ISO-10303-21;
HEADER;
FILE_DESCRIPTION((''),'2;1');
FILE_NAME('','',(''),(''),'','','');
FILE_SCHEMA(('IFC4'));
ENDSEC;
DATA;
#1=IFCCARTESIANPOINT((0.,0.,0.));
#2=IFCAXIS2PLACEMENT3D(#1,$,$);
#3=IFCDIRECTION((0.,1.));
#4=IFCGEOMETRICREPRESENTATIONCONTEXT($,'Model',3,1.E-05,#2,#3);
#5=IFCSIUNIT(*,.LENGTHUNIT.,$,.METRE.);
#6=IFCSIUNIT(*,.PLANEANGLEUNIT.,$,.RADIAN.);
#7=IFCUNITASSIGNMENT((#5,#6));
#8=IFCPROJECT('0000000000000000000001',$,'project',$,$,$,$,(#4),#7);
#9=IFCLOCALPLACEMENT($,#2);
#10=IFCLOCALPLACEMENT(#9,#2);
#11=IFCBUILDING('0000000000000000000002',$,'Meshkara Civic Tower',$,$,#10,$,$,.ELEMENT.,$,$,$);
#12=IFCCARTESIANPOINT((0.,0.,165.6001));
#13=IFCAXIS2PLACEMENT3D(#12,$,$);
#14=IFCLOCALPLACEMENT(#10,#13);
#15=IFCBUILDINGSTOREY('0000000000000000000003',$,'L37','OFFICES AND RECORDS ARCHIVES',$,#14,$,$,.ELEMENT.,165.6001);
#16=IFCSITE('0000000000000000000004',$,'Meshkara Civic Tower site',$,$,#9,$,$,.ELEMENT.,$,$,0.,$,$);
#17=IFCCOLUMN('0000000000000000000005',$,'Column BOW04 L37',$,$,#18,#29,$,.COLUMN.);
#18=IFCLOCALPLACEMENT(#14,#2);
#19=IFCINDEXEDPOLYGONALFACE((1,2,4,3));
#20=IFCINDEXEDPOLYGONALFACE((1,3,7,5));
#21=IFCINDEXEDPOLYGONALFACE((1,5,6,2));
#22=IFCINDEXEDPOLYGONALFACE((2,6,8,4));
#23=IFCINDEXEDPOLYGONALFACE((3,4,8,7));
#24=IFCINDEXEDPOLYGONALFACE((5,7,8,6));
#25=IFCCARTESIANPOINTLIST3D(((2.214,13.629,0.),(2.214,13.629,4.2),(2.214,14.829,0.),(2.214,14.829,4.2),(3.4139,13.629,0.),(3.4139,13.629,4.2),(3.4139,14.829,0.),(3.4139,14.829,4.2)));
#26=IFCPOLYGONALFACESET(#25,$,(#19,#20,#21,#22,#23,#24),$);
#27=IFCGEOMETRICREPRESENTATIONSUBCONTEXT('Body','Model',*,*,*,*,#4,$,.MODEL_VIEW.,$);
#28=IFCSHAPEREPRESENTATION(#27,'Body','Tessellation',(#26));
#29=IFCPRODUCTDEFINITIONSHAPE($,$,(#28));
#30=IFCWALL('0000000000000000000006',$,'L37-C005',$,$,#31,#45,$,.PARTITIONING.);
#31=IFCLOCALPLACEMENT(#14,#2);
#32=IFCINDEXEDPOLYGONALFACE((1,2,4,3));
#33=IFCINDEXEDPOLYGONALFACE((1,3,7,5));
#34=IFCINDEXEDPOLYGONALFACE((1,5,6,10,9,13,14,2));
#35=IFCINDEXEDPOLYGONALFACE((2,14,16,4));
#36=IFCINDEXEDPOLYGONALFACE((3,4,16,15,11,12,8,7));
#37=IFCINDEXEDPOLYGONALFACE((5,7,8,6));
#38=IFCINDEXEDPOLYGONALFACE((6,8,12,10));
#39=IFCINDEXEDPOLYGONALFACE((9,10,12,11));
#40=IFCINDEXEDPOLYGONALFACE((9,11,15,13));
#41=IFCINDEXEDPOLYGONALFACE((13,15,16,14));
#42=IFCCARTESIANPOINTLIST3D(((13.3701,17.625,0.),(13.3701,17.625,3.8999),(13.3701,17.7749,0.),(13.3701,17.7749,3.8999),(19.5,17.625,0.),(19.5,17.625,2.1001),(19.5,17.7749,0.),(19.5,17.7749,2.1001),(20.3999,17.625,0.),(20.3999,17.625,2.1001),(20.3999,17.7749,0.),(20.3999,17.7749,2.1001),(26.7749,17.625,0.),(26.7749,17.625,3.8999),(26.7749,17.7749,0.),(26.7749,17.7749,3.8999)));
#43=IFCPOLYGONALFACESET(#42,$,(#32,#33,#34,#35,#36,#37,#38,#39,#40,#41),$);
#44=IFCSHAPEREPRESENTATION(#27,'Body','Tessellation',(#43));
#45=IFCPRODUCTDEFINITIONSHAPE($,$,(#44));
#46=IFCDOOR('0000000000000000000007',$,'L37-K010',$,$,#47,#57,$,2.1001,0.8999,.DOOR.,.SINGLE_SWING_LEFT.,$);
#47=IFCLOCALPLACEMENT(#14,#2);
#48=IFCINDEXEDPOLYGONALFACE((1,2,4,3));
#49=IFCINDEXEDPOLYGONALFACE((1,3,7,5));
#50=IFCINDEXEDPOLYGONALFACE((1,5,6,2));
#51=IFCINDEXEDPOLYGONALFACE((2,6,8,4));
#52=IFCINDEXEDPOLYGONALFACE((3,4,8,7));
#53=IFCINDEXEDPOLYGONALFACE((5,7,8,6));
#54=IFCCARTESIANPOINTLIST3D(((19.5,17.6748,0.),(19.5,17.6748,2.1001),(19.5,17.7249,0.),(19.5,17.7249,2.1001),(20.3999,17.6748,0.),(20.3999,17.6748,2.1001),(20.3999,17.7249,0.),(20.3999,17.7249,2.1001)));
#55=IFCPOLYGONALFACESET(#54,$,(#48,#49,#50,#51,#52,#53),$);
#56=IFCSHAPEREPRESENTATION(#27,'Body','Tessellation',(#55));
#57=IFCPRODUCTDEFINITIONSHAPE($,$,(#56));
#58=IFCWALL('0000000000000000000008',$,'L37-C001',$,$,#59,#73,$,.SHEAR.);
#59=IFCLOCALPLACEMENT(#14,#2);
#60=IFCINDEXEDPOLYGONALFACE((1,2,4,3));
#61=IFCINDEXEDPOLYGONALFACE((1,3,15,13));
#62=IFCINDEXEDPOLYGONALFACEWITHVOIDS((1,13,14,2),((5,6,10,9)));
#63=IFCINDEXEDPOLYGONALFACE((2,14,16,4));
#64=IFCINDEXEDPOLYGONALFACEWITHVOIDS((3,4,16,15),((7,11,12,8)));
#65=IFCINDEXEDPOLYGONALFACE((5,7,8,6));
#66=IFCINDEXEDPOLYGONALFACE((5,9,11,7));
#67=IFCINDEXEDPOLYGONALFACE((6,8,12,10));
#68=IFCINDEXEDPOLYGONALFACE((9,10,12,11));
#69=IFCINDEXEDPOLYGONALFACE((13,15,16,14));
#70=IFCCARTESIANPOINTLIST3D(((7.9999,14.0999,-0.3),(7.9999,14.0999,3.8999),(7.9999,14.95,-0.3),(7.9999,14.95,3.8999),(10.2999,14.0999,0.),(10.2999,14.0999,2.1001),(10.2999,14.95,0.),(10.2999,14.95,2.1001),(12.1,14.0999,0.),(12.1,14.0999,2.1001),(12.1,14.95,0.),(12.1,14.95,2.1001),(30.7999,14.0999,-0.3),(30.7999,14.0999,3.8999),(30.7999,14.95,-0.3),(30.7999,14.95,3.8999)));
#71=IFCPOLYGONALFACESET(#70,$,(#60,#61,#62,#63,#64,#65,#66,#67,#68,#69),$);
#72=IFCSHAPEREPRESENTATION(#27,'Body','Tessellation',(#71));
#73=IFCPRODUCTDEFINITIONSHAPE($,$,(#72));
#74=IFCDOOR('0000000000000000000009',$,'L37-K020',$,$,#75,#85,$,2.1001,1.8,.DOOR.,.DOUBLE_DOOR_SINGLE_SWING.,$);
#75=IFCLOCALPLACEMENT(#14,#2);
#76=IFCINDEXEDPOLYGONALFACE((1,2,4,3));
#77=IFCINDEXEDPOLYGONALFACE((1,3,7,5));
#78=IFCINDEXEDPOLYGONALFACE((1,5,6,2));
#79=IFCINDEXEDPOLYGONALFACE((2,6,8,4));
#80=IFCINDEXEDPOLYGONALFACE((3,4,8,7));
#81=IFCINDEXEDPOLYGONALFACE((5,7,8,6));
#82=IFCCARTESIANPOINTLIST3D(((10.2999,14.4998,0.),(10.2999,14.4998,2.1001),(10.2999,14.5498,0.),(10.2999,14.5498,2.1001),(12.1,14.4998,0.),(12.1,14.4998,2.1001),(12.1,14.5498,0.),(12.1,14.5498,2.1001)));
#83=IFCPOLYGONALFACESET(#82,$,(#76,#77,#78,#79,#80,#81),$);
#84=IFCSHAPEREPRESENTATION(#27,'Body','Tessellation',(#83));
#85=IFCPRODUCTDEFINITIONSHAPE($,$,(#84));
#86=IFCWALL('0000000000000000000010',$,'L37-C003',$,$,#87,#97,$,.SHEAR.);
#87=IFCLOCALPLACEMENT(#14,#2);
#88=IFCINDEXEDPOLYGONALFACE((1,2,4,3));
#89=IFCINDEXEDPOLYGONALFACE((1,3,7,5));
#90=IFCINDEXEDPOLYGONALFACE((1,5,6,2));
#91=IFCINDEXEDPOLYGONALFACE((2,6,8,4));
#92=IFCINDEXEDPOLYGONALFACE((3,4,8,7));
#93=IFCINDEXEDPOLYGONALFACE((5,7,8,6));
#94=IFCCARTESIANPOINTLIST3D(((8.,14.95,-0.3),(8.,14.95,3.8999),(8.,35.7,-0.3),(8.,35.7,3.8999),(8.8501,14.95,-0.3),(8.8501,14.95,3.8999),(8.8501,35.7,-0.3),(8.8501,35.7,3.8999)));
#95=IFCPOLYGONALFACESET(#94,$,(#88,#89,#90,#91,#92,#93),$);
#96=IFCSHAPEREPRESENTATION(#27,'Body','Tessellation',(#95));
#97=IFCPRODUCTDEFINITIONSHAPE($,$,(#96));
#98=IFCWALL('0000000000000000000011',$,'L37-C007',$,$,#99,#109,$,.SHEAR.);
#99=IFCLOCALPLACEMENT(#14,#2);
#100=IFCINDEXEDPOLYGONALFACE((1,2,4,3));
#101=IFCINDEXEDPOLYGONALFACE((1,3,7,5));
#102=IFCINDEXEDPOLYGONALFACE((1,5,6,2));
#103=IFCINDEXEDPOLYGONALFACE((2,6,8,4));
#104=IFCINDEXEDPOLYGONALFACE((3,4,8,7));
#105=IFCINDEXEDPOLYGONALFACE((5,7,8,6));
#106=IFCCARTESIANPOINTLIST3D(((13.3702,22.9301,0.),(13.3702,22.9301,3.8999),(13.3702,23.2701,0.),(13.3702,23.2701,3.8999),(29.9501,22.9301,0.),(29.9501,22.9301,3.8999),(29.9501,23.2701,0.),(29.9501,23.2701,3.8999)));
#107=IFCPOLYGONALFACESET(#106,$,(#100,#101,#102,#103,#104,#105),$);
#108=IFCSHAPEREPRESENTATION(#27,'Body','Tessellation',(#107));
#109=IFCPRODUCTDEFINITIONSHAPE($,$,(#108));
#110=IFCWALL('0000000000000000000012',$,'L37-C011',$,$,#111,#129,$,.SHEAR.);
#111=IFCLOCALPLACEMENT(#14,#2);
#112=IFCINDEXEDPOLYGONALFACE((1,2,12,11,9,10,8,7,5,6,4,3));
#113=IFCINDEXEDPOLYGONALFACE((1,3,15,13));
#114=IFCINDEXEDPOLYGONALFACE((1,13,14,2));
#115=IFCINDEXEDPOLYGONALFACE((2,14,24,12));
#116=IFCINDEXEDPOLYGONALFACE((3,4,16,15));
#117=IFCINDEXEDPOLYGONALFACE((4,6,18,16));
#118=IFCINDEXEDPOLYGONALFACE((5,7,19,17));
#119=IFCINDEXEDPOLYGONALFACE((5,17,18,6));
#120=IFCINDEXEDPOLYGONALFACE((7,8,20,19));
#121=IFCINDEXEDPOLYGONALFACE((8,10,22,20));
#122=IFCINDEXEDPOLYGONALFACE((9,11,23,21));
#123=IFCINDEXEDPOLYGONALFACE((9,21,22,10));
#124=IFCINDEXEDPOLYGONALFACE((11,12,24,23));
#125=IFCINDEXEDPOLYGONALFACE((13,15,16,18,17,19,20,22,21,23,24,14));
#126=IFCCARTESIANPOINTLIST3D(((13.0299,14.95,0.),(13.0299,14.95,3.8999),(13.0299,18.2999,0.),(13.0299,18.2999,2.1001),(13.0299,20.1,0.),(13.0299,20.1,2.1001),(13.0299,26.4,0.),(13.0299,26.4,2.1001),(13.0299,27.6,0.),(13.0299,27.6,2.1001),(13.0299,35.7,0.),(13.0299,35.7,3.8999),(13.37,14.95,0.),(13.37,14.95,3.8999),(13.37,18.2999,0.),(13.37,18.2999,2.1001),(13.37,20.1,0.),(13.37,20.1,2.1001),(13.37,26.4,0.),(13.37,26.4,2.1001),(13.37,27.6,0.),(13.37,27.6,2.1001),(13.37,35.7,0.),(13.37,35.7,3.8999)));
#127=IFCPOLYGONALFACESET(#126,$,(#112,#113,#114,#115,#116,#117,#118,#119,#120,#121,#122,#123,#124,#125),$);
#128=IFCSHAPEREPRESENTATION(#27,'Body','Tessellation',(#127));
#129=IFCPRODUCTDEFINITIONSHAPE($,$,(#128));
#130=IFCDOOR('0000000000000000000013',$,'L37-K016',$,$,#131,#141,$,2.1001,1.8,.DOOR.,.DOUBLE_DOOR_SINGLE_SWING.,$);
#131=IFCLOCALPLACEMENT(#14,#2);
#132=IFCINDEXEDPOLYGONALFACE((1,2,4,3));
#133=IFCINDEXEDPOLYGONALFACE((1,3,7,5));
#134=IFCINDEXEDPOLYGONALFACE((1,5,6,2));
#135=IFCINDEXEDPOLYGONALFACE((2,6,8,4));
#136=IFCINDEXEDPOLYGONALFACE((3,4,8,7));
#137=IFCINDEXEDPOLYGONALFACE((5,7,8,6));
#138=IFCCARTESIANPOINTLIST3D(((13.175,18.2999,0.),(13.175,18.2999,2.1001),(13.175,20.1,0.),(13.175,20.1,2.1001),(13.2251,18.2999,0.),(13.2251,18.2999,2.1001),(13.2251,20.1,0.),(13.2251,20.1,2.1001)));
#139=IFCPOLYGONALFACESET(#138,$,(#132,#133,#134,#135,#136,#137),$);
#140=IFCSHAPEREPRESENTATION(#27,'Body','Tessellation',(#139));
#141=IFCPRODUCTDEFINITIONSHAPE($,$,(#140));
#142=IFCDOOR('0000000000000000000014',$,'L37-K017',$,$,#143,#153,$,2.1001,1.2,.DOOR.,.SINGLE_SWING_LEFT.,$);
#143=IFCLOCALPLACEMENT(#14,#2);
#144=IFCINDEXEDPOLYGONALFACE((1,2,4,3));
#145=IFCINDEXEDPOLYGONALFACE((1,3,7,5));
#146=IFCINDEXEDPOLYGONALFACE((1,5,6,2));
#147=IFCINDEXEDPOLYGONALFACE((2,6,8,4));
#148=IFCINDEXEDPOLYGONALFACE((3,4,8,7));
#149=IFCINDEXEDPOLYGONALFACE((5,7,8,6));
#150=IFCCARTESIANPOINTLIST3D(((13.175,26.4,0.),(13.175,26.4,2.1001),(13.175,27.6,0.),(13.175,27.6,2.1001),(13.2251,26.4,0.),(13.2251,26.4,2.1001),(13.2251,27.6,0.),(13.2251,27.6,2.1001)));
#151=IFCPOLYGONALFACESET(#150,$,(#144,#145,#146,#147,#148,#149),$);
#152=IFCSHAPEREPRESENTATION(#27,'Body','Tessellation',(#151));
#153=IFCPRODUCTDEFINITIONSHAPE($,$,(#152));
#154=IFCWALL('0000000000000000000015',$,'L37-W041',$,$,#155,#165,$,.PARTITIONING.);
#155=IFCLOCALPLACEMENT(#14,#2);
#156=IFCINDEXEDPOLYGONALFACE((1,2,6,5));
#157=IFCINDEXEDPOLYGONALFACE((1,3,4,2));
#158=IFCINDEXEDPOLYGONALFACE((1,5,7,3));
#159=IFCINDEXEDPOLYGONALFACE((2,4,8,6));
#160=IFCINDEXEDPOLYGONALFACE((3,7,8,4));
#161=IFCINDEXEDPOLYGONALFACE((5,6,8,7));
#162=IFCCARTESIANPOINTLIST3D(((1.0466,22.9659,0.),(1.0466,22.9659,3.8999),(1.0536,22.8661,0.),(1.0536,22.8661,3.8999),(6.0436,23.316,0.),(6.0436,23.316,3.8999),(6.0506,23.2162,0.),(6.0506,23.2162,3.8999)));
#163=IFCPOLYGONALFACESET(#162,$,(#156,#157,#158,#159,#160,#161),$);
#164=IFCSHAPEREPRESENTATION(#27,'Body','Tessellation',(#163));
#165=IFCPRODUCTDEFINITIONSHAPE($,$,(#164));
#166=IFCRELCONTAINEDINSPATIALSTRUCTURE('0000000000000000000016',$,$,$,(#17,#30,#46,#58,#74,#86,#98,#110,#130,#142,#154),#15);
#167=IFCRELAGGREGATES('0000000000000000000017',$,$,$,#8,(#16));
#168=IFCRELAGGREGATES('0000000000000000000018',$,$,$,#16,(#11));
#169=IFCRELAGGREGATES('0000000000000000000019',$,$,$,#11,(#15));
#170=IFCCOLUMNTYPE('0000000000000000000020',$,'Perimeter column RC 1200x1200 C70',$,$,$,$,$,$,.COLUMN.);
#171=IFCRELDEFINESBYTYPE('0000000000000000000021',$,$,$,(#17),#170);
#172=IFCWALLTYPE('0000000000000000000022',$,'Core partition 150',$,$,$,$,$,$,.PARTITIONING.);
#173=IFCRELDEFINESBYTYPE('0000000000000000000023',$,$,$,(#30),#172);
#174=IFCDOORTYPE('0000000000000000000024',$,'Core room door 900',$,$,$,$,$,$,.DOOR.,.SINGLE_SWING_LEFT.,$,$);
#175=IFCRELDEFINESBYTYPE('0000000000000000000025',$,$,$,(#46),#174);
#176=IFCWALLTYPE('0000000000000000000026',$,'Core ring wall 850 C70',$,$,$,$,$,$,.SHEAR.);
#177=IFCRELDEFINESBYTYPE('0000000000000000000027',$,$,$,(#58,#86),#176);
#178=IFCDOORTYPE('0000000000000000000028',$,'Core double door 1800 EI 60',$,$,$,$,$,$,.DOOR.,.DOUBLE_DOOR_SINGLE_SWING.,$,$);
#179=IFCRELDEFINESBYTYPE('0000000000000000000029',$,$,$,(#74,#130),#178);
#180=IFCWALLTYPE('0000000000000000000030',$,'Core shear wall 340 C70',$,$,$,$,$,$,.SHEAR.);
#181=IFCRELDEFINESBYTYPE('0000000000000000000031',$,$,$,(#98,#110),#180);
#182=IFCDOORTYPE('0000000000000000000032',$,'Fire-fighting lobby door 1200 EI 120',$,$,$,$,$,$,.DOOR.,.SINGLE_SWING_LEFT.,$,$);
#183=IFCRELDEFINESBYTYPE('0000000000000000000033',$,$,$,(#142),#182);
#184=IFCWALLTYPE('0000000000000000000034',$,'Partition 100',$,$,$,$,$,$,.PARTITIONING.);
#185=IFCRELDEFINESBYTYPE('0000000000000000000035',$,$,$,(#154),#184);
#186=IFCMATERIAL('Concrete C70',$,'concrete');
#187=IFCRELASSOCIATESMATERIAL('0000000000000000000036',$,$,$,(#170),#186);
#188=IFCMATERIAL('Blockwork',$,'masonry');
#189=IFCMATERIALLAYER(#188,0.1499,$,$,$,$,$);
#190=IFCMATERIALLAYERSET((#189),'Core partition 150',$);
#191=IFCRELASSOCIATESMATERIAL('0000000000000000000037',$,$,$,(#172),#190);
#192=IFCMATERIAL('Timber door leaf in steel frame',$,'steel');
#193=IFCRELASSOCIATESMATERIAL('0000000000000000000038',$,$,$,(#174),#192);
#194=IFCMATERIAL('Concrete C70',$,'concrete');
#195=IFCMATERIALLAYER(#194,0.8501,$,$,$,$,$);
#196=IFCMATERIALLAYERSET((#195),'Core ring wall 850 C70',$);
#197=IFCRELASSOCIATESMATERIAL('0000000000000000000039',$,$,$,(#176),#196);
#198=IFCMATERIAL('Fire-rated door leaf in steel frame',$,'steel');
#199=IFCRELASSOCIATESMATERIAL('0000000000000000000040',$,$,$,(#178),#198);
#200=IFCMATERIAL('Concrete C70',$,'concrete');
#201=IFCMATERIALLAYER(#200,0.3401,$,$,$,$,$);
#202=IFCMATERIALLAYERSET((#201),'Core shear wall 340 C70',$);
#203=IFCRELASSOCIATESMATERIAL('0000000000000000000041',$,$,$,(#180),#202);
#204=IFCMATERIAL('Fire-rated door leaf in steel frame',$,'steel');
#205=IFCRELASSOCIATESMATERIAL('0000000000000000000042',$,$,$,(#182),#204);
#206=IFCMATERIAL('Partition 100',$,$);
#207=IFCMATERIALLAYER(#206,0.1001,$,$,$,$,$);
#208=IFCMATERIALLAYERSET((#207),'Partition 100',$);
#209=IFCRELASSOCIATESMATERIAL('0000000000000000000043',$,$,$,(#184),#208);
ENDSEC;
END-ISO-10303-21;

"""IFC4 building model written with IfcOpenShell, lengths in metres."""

from ifc_helpers import new_model, si_unit, direction, frame, frame_2d, origin, origin_2d, place, context, subcontext, project, spatial, rectangle, extrude, material, layer, layer_set, material_profile, profile_set, type_object, element, fill, save


model = new_model("IFC4")

# Units and contexts
model_context = context("Model", 3, precision=1e-05, world=origin(), true_north=direction((0.0, 1.0)))
body_context = subcontext(model_context, "Body", "Model", "MODEL_VIEW")
ifc_project = project(units=[si_unit("LENGTHUNIT", "METRE"), si_unit("PLANEANGLEUNIT", "RADIAN")], contexts=[model_context])

# Site, building, storey
site_placement = place(None, origin())
site = spatial("IfcSite", under=ifc_project, at=site_placement, Name="Meshkara Civic Tower site", CompositionType="ELEMENT", RefElevation=0.0)
building_placement = place(site_placement, origin())
building = spatial("IfcBuilding", under=site, at=building_placement, Name="Meshkara Civic Tower", CompositionType="ELEMENT")
storey_placement = place(building_placement, frame((0.0, 0.0, 165.6001)))
storey = spatial("IfcBuildingStorey", under=building, at=storey_placement, Name="L37", Description="OFFICES AND RECORDS ARCHIVES", CompositionType="ELEMENT", Elevation=165.6001)

# Column
ifc_material_1 = material(Name="Concrete C70", Category="concrete")
ifc_material_profile = material_profile(ifc_material_1, rectangle(XDim=1.2, YDim=1.2, at=origin_2d()))
ifc_profile_set = profile_set([ifc_material_profile], Name="Concrete C70")
column_type = type_object("IfcColumnType", Name="Perimeter column RC 1200x1200 C70", PredefinedType="COLUMN", material=ifc_profile_set)
column_placement = place(storey_placement, frame((2.814, 14.229, 0.0), z_axis=(0.0, 0.0, 1.0), x_axis=(1.0, 0.0, 0.0)))
element("IfcColumn", 1, at=column_placement, inside=storey, type_object=column_type, Name="Column BOW04 L37", PredefinedType="COLUMN", context=body_context, shape_type="SweptSolid", body=[
    extrude(rectangle(XDim=1.2, YDim=1.2, at=origin_2d()), origin(), (0.0, 0.0, 1.0), 4.2),
])

# Walls, openings, doors
ifc_material_2 = material(Name="Blockwork", Category="masonry")
ifc_layer_1 = layer(ifc_material_2, 0.1499)
ifc_layer_set_1 = layer_set([ifc_layer_1], Name="Core partition 150")
wall_type_1 = type_object("IfcWallType", Name="Core partition 150", PredefinedType="PARTITIONING", material=ifc_layer_set_1)
wall_1_placement = place(storey_placement, frame((13.3701, 17.7, 0.0), z_axis=(0.0, 0.0, 1.0), x_axis=(1.0, 0.0, 0.0)))
wall_1 = element("IfcWall", 2, at=wall_1_placement, inside=storey, type_object=wall_type_1, Name="L37-C005", PredefinedType="PARTITIONING", context=body_context, shape_type="SweptSolid", body=[
    extrude(rectangle(XDim=13.4048, YDim=0.1499, at=frame_2d((6.7024, 0.0))), origin(), (0.0, 0.0, 1.0), 3.8999),
])
opening_1_placement = place(wall_1_placement, frame((6.1299, 0.0, 0.0)))
opening_1 = element("IfcOpeningElement", 3, at=opening_1_placement, cuts=wall_1, PredefinedType="OPENING", context=body_context, shape_type="SweptSolid", body=[
    extrude(rectangle(XDim=0.8999, YDim=2.1001, at=frame_2d((0.45, 1.05))), frame((0.0, 0.085, 0.0), z_axis=(0.0, -1.0, 0.0), x_axis=(1.0, 0.0, 0.0)), (0.0, 0.0, 1.0), 0.1699),
])
ifc_material_3 = material(Name="Timber door leaf in steel frame", Category="steel")
door_type_1 = type_object("IfcDoorType", Name="Core room door 900", OperationType="SINGLE_SWING_LEFT", PredefinedType="DOOR", material=ifc_material_3)
door_1_placement = place(opening_1_placement, origin())
door_1 = element("IfcDoor", 4, at=door_1_placement, inside=storey, type_object=door_type_1, Name="L37-K010", OperationType="SINGLE_SWING_LEFT", OverallHeight=2.1001, OverallWidth=0.8999, PredefinedType="DOOR", context=body_context, shape_type="SweptSolid", body=[
    extrude(rectangle(XDim=0.8999, YDim=2.1001, at=frame_2d((0.45, 1.05))), frame((0.0, 0.0249, 0.0), z_axis=(0.0, -1.0, 0.0), x_axis=(1.0, 0.0, 0.0)), (0.0, 0.0, 1.0), 0.05),
])
fill(opening_1, door_1)
ifc_material_4 = material(Name="Concrete C70", Category="concrete")
ifc_layer_2 = layer(ifc_material_4, 0.8501)
ifc_layer_set_2 = layer_set([ifc_layer_2], Name="Core ring wall 850 C70")
wall_type_2 = type_object("IfcWallType", Name="Core ring wall 850 C70", PredefinedType="SHEAR", material=ifc_layer_set_2)
wall_2_placement = place(storey_placement, frame((8.0, 14.5249, -0.3), z_axis=(0.0, 0.0, 1.0), x_axis=(1.0, 0.0, 0.0)))
wall_2 = element("IfcWall", 5, at=wall_2_placement, inside=storey, type_object=wall_type_2, Name="L37-C001", PredefinedType="SHEAR", context=body_context, shape_type="SweptSolid", body=[
    extrude(rectangle(XDim=22.8, YDim=0.8501, at=frame_2d((11.3999, 0.0))), origin(), (0.0, 0.0, 1.0), 4.2),
])
opening_2_placement = place(wall_2_placement, frame((2.3, 0.0, 0.3)))
opening_2 = element("IfcOpeningElement", 6, at=opening_2_placement, cuts=wall_2, PredefinedType="OPENING", context=body_context, shape_type="SweptSolid", body=[
    extrude(rectangle(XDim=1.8, YDim=2.1001, at=frame_2d((0.8999, 1.05))), frame((0.0, 0.4351, 0.0), z_axis=(0.0, -1.0, 0.0), x_axis=(1.0, 0.0, 0.0)), (0.0, 0.0, 1.0), 0.8701),
])
ifc_material_5 = material(Name="Fire-rated door leaf in steel frame", Category="steel")
door_type_2 = type_object("IfcDoorType", Name="Core double door 1800 EI 60", OperationType="DOUBLE_DOOR_SINGLE_SWING", PredefinedType="DOOR", material=ifc_material_5)
door_2_placement = place(opening_2_placement, origin())
door_2 = element("IfcDoor", 7, at=door_2_placement, inside=storey, type_object=door_type_2, Name="L37-K020", OperationType="DOUBLE_DOOR_SINGLE_SWING", OverallHeight=2.1001, OverallWidth=1.8, PredefinedType="DOOR", context=body_context, shape_type="SweptSolid", body=[
    extrude(rectangle(XDim=1.8, YDim=2.1001, at=frame_2d((0.8999, 1.05))), frame((0.0, 0.0249, 0.0), z_axis=(0.0, -1.0, 0.0), x_axis=(1.0, 0.0, 0.0)), (0.0, 0.0, 1.0), 0.05),
])
fill(opening_2, door_2)

# Walls
wall_3_placement = place(storey_placement, frame((8.425, 14.95, -0.3), z_axis=(0.0, 0.0, 1.0), x_axis=(0.0, 1.0, 0.0)))
element("IfcWall", 8, at=wall_3_placement, inside=storey, type_object=wall_type_2, Name="L37-C003", PredefinedType="SHEAR", context=body_context, shape_type="SweptSolid", body=[
    extrude(rectangle(XDim=20.75, YDim=0.8501, at=frame_2d((10.375, 0.0))), origin(), (0.0, 0.0, 1.0), 4.2),
])
ifc_material_6 = material(Name="Concrete C70", Category="concrete")
ifc_layer_3 = layer(ifc_material_6, 0.3401)
ifc_layer_set_3 = layer_set([ifc_layer_3], Name="Core shear wall 340 C70")
wall_type_3 = type_object("IfcWallType", Name="Core shear wall 340 C70", PredefinedType="SHEAR", material=ifc_layer_set_3)
wall_4_placement = place(storey_placement, frame((13.3701, 23.1001, 0.0), z_axis=(0.0, 0.0, 1.0), x_axis=(1.0, 0.0, 0.0)))
element("IfcWall", 9, at=wall_4_placement, inside=storey, type_object=wall_type_3, Name="L37-C007", PredefinedType="SHEAR", context=body_context, shape_type="SweptSolid", body=[
    extrude(rectangle(XDim=16.5798, YDim=0.3401, at=frame_2d((8.29, 0.0))), origin(), (0.0, 0.0, 1.0), 3.8999),
])

# Wall, openings, doors
wall_5_placement = place(storey_placement, frame((13.2, 14.95, 0.0), z_axis=(0.0, 0.0, 1.0), x_axis=(0.0, 1.0, 0.0)))
wall_5 = element("IfcWall", 10, at=wall_5_placement, inside=storey, type_object=wall_type_3, Name="L37-C011", PredefinedType="SHEAR", context=body_context, shape_type="SweptSolid", body=[
    extrude(rectangle(XDim=20.75, YDim=0.3401, at=frame_2d((10.375, 0.0))), origin(), (0.0, 0.0, 1.0), 3.8999),
])
opening_3_placement = place(wall_5_placement, frame((3.3501, 0.0, 0.0)))
opening_3 = element("IfcOpeningElement", 11, at=opening_3_placement, cuts=wall_5, PredefinedType="OPENING", context=body_context, shape_type="SweptSolid", body=[
    extrude(rectangle(XDim=1.8, YDim=2.1001, at=frame_2d((0.8999, 1.05))), frame((0.0, 0.1799, 0.0), z_axis=(0.0, -1.0, 0.0), x_axis=(1.0, 0.0, 0.0)), (0.0, 0.0, 1.0), 0.3601),
])
opening_4_placement = place(wall_5_placement, frame((11.45, 0.0, 0.0)))
opening_4 = element("IfcOpeningElement", 12, at=opening_4_placement, cuts=wall_5, PredefinedType="OPENING", context=body_context, shape_type="SweptSolid", body=[
    extrude(rectangle(XDim=1.2, YDim=2.1001, at=frame_2d((0.6001, 1.05))), frame((0.0, 0.1799, 0.0), z_axis=(0.0, -1.0, 0.0), x_axis=(1.0, 0.0, 0.0)), (0.0, 0.0, 1.0), 0.3601),
])
door_3_placement = place(opening_3_placement, origin())
door_3 = element("IfcDoor", 13, at=door_3_placement, inside=storey, type_object=door_type_2, Name="L37-K016", OperationType="DOUBLE_DOOR_SINGLE_SWING", OverallHeight=2.1001, OverallWidth=1.8, PredefinedType="DOOR", context=body_context, shape_type="SweptSolid", body=[
    extrude(rectangle(XDim=1.8, YDim=2.1001, at=frame_2d((0.8999, 1.05))), frame((0.0, 0.0249, 0.0), z_axis=(0.0, -1.0, 0.0), x_axis=(1.0, 0.0, 0.0)), (0.0, 0.0, 1.0), 0.05),
])
fill(opening_3, door_3)
ifc_material_7 = material(Name="Fire-rated door leaf in steel frame", Category="steel")
door_type_3 = type_object("IfcDoorType", Name="Fire-fighting lobby door 1200 EI 120", OperationType="SINGLE_SWING_LEFT", PredefinedType="DOOR", material=ifc_material_7)
door_4_placement = place(opening_4_placement, origin())
door_4 = element("IfcDoor", 14, at=door_4_placement, inside=storey, type_object=door_type_3, Name="L37-K017", OperationType="SINGLE_SWING_LEFT", OverallHeight=2.1001, OverallWidth=1.2, PredefinedType="DOOR", context=body_context, shape_type="SweptSolid", body=[
    extrude(rectangle(XDim=1.2, YDim=2.1001, at=frame_2d((0.6001, 1.05))), frame((0.0, 0.0249, 0.0), z_axis=(0.0, -1.0, 0.0), x_axis=(1.0, 0.0, 0.0)), (0.0, 0.0, 1.0), 0.05),
])
fill(opening_4, door_4)

# Wall
ifc_material_8 = material(Name="Partition 100")
ifc_layer_4 = layer(ifc_material_8, 0.1001)
ifc_layer_set_4 = layer_set([ifc_layer_4], Name="Partition 100")
wall_type_4 = type_object("IfcWallType", Name="Partition 100", PredefinedType="PARTITIONING", material=ifc_layer_set_4)
wall_6_placement = place(storey_placement, frame((6.0471, 23.2661, 0.0), z_axis=(0.0, 0.0, 1.0), x_axis=(-0.997555, -0.069889, 0.0)))
element("IfcWall", 15, at=wall_6_placement, inside=storey, type_object=wall_type_4, Name="L37-W041", PredefinedType="PARTITIONING", context=body_context, shape_type="SweptSolid", body=[
    extrude(rectangle(XDim=5.0093, YDim=0.1001, at=frame_2d((2.5046, 0.0))), origin(), (0.0, 0.0, 1.0), 3.8999),
])

save(model, "model.ifc")
